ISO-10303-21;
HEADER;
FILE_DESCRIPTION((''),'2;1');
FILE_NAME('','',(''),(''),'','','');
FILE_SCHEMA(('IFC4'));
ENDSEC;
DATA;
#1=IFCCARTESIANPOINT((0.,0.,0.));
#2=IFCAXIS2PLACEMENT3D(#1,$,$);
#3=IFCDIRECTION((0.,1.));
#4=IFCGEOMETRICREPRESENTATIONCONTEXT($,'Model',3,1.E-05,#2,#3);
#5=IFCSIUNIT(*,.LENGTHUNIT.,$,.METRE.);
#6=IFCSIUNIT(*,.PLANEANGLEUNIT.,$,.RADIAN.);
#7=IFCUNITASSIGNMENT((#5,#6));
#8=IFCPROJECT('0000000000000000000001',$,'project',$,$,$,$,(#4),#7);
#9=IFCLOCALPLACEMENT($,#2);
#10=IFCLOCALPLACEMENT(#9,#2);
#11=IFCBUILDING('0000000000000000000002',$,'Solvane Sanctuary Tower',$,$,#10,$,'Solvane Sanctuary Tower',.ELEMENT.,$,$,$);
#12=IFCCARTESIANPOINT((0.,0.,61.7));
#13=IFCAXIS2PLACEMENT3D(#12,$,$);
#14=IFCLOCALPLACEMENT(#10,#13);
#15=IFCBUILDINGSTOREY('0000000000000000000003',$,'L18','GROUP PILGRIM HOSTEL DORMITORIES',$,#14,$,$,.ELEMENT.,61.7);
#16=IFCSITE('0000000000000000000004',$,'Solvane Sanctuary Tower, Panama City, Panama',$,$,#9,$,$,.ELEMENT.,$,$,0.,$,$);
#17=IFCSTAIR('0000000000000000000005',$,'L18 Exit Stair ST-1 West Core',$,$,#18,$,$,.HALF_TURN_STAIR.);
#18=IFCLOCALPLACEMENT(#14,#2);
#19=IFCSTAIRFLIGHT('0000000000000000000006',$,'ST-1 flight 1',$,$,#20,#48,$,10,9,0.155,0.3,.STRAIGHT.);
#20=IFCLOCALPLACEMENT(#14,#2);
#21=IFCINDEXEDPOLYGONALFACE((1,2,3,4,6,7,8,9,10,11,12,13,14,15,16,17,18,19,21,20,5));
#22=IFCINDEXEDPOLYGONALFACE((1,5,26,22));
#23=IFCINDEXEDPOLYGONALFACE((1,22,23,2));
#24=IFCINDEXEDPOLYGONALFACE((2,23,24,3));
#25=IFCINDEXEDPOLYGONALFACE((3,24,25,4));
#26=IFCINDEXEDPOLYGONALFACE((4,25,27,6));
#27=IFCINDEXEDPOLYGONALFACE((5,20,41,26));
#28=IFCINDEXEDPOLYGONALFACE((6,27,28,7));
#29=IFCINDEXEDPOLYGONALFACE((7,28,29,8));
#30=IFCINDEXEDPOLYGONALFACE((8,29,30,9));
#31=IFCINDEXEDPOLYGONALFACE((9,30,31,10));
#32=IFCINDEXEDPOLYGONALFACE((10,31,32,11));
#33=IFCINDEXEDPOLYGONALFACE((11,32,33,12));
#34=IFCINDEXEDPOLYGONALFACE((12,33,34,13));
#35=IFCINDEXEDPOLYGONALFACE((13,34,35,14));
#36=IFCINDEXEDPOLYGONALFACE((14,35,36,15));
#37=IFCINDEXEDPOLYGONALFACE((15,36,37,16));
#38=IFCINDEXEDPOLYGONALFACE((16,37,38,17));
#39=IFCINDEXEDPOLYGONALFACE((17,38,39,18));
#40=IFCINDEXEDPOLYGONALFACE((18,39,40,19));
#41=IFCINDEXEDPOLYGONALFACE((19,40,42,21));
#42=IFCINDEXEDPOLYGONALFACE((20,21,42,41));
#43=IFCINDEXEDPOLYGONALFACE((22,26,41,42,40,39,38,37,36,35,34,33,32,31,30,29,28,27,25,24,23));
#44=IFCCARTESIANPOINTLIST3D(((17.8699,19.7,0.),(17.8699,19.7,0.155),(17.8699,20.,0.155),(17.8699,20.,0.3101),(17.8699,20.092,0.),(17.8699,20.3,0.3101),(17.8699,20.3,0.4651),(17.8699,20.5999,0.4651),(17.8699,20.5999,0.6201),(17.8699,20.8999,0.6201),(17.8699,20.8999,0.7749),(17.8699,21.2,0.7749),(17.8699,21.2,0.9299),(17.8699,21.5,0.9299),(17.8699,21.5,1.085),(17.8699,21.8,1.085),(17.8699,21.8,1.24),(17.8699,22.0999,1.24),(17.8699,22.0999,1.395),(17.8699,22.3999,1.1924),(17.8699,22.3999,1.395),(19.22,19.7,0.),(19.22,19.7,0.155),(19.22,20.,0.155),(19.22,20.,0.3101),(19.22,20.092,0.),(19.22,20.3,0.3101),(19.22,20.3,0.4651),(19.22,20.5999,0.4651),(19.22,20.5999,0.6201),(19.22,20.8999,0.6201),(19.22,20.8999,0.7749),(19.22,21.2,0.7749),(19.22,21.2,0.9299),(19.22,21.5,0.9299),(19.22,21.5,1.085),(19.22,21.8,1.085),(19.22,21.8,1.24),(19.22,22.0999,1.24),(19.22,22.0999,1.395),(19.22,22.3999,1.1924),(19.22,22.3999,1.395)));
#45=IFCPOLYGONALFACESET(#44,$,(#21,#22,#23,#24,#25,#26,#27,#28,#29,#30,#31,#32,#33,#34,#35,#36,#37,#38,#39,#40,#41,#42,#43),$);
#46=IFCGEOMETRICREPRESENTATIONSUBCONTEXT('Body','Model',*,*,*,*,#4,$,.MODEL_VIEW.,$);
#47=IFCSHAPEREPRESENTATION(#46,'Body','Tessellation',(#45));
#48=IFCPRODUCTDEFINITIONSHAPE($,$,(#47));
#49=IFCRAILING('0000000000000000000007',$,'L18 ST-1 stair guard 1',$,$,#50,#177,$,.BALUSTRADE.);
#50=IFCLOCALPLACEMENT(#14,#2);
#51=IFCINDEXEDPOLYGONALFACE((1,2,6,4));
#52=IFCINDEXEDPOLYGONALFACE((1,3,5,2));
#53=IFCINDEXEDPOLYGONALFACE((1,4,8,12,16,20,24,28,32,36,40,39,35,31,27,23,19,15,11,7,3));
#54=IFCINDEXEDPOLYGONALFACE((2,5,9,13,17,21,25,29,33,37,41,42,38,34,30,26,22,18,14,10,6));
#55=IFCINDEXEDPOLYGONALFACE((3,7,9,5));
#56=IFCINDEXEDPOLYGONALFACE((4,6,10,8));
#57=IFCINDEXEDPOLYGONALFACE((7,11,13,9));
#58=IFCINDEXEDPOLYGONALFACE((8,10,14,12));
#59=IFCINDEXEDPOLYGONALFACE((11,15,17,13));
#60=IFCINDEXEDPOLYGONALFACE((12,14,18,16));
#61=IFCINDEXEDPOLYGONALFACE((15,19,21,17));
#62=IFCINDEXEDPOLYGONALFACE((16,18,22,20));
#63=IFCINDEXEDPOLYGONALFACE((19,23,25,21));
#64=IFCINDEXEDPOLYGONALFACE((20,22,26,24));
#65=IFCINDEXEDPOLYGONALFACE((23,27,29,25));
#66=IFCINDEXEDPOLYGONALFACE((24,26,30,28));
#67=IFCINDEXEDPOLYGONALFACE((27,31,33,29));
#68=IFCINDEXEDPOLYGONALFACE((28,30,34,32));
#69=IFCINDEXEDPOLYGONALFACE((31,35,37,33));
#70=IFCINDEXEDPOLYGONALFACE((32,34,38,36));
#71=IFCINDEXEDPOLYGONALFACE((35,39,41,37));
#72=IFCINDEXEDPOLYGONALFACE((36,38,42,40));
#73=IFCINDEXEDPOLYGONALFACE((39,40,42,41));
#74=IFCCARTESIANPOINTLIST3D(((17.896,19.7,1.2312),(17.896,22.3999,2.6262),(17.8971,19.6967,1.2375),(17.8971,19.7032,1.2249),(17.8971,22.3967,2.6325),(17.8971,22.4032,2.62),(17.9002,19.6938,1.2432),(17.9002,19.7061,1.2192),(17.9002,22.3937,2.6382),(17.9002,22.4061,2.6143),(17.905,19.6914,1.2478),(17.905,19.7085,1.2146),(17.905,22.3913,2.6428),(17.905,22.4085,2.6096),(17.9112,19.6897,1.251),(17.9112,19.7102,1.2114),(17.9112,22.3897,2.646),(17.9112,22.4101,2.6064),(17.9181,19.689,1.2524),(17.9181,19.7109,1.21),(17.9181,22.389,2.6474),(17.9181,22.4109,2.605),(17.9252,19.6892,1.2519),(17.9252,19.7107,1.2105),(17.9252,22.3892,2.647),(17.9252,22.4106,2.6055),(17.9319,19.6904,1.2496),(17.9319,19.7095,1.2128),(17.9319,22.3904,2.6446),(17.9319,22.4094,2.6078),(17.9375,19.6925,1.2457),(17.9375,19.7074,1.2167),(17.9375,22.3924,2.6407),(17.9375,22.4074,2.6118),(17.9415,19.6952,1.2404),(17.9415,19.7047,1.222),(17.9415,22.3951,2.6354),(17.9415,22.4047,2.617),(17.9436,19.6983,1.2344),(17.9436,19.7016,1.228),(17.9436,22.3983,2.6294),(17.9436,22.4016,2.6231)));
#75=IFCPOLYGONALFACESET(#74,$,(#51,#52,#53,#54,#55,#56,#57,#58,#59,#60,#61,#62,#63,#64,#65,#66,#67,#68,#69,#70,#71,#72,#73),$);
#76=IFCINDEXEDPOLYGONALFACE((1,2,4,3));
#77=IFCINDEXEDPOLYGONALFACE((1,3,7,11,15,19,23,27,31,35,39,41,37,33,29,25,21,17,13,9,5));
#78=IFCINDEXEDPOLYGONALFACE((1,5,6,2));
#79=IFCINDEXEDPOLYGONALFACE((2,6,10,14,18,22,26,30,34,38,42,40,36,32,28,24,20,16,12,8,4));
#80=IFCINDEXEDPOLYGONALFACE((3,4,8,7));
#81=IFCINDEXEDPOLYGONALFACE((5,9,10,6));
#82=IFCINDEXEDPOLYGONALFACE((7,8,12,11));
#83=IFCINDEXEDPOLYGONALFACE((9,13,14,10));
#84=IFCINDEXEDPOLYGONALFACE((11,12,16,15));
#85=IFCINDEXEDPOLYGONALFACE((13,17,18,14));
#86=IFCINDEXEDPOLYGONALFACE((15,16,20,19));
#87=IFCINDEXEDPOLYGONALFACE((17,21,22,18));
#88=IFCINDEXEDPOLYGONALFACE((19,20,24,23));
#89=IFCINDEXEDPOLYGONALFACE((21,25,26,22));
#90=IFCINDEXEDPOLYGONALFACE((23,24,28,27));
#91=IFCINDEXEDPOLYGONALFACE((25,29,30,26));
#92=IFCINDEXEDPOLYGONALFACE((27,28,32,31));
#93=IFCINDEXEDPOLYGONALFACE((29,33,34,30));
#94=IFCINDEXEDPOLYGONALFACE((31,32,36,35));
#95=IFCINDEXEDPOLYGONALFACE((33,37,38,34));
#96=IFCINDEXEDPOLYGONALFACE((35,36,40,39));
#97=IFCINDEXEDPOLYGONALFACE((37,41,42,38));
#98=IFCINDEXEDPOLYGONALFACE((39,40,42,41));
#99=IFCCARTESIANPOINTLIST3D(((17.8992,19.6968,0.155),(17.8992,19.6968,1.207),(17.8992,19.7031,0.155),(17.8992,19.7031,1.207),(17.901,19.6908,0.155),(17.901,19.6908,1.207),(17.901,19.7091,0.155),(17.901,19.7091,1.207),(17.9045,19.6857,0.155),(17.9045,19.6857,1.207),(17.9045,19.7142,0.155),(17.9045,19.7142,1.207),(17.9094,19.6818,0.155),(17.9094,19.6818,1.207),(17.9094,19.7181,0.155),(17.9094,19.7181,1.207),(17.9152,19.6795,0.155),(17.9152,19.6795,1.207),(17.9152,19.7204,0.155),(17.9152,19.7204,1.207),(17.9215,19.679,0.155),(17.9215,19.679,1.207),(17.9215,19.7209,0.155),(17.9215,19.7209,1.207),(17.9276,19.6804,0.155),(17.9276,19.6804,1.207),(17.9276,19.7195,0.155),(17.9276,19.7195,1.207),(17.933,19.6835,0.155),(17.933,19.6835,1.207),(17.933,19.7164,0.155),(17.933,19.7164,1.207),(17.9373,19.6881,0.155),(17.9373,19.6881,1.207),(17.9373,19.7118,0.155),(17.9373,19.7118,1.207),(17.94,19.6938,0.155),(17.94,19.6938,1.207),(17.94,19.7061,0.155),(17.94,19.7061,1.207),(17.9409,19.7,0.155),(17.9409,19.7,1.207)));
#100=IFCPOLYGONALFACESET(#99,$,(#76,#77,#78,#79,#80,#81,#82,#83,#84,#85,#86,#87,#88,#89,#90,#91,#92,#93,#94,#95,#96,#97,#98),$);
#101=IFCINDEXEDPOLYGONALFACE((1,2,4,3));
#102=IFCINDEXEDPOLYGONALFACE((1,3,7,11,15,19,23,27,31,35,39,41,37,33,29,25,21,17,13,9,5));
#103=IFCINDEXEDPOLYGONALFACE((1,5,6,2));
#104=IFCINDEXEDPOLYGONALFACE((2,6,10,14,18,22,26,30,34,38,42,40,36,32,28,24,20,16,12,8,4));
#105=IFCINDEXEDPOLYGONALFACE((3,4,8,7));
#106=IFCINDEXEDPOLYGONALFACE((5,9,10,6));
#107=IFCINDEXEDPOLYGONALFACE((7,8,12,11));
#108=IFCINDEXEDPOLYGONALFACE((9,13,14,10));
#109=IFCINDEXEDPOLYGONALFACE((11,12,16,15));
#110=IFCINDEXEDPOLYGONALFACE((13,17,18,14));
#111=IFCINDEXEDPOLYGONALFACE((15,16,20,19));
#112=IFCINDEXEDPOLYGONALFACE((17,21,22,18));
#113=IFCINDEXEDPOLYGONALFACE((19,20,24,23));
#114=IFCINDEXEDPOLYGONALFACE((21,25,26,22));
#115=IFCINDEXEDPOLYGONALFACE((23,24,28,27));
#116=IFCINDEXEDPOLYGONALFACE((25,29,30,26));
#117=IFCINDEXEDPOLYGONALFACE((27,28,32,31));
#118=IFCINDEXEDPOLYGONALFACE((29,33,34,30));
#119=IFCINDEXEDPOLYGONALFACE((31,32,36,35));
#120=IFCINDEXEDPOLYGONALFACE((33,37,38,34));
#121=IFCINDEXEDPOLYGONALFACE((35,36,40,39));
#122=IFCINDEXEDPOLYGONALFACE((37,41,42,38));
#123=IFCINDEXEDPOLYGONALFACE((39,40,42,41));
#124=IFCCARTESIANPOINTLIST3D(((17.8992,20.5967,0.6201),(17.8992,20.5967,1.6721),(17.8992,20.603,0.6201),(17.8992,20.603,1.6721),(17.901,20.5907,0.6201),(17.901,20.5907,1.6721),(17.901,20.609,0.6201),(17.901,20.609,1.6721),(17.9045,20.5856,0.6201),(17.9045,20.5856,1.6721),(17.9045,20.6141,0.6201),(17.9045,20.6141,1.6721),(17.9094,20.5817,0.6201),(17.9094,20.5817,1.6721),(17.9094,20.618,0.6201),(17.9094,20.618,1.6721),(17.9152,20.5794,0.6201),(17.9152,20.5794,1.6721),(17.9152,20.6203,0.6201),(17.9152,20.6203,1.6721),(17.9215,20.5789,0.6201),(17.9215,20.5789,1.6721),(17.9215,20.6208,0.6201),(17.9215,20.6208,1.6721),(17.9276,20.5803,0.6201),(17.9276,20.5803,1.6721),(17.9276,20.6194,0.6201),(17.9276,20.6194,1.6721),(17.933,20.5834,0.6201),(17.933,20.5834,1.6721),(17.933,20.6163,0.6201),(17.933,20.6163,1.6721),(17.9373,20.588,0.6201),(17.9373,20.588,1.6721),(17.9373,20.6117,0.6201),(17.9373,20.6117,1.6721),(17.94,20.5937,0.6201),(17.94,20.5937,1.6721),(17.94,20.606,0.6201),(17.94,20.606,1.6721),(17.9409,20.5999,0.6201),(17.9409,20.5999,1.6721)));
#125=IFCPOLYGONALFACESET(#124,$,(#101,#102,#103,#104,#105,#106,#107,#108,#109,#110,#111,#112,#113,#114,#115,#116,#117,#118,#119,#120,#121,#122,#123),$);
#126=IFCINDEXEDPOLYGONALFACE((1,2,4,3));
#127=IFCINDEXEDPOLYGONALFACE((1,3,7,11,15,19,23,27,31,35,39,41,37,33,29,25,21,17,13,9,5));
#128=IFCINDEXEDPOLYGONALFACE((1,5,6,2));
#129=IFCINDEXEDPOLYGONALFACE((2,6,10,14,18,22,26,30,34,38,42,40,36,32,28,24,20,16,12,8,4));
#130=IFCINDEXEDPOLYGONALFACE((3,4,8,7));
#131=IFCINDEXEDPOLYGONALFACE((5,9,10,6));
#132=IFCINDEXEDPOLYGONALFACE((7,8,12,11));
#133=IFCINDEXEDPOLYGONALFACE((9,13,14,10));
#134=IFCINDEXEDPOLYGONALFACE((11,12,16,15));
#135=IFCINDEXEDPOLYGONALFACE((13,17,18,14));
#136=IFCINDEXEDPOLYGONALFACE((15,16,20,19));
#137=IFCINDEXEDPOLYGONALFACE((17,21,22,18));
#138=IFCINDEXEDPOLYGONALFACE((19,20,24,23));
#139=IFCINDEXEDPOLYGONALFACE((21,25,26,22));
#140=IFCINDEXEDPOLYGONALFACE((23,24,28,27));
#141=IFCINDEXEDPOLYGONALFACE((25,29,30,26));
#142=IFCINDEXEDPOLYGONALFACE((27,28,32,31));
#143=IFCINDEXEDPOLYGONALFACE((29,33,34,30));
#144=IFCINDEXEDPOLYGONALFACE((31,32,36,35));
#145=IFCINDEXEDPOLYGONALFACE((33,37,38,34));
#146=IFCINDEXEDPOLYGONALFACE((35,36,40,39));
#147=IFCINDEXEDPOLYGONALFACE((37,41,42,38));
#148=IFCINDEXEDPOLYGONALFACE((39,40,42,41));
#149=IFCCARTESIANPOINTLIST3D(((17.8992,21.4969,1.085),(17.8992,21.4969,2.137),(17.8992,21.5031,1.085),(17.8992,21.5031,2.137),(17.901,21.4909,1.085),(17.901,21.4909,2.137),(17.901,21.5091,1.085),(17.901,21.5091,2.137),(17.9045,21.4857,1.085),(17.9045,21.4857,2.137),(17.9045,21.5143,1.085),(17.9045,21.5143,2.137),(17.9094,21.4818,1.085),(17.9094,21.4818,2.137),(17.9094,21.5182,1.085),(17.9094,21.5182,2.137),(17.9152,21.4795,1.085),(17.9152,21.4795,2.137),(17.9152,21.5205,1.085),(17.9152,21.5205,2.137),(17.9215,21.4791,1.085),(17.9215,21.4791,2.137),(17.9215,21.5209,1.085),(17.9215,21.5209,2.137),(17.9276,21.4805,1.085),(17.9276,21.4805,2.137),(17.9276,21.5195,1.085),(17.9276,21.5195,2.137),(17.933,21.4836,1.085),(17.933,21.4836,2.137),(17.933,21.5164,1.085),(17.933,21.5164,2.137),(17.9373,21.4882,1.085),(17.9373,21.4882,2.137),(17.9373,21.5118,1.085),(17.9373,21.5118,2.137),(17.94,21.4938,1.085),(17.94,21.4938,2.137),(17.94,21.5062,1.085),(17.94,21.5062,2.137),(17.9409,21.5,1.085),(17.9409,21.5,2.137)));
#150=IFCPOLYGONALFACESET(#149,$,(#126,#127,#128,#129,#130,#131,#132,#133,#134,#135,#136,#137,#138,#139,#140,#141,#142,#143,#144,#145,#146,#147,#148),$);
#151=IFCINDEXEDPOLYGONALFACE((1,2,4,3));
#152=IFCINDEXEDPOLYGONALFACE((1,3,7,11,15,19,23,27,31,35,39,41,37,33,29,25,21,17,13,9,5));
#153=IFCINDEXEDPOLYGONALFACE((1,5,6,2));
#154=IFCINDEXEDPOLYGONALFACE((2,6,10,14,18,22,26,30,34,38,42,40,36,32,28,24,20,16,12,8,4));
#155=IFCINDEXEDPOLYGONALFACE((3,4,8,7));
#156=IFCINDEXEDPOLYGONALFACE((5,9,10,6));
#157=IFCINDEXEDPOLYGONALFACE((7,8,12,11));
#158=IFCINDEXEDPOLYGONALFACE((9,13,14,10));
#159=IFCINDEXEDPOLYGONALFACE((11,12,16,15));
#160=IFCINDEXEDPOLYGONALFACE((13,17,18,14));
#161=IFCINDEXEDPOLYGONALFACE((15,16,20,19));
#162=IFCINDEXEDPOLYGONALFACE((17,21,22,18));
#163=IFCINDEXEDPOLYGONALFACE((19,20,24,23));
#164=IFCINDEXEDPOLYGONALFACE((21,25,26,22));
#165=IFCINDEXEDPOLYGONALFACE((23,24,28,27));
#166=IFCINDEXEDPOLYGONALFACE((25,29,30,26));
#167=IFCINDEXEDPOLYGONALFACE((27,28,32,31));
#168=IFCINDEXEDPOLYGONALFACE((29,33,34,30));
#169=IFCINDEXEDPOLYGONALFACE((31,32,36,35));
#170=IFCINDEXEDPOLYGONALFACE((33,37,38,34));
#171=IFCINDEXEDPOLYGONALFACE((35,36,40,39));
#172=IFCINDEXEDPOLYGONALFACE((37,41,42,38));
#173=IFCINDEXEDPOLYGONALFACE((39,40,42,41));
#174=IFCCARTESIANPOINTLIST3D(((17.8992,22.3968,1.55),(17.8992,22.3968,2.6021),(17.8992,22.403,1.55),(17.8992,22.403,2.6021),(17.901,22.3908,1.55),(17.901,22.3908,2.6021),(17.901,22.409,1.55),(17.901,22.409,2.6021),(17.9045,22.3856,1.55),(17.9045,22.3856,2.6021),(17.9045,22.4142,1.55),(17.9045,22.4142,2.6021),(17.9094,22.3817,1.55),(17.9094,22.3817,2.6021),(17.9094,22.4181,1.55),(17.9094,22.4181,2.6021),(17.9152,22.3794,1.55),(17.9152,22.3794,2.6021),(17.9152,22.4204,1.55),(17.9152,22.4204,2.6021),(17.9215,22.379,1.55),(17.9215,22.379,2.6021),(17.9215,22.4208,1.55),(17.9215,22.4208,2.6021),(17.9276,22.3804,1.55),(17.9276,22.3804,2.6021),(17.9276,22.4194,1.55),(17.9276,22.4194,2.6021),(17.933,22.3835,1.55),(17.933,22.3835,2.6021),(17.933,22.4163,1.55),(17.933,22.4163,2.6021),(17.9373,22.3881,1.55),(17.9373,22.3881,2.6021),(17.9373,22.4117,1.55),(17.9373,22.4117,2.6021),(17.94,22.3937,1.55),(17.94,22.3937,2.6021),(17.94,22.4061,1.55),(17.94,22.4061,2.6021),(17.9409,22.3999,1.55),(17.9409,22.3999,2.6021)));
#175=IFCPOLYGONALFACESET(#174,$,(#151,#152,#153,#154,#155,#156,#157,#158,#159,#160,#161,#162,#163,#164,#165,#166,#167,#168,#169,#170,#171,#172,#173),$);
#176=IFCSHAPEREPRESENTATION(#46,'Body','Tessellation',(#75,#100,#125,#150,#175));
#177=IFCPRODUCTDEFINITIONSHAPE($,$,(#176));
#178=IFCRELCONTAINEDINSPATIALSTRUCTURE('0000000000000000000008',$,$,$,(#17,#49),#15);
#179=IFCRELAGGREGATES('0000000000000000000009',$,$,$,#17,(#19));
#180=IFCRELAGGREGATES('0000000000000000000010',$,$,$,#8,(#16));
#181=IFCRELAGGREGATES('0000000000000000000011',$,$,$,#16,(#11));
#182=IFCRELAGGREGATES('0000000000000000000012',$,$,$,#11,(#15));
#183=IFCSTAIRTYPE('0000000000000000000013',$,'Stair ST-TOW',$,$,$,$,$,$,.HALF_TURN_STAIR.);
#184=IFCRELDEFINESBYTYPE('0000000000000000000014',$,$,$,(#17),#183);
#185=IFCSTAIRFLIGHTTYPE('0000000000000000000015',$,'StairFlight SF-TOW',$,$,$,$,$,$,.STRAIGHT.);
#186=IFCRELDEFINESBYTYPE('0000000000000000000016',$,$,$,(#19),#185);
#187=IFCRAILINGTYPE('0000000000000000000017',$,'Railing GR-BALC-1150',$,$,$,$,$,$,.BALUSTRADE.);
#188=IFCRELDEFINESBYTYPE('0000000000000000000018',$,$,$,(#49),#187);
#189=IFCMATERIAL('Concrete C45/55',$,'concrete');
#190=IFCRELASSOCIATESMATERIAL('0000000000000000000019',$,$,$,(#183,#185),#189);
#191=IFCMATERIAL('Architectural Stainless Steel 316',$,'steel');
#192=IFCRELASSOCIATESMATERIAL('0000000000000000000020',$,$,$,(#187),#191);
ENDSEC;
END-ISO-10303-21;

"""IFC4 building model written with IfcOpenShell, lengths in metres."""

from ifc_helpers import new_model, si_unit, direction, frame, origin, origin_2d, place, context, subcontext, project, spatial, polyline, circle, outline, extrude, material, type_object, element, aggregate, save


model = new_model("IFC4")

# Units and contexts
model_context = context("Model", 3, precision=1e-05, world=origin(), true_north=direction((0.0, 1.0)))
body_context = subcontext(model_context, "Body", "Model", "MODEL_VIEW")
ifc_project = project(units=[si_unit("LENGTHUNIT", "METRE"), si_unit("PLANEANGLEUNIT", "RADIAN")], contexts=[model_context])

# Site, building, storey
site_placement = place(None, origin())
site = spatial("IfcSite", under=ifc_project, at=site_placement, Name="Solvane Sanctuary Tower, Panama City, Panama", CompositionType="ELEMENT", RefElevation=0.0)
building_placement = place(site_placement, origin())
building = spatial("IfcBuilding", under=site, at=building_placement, Name="Solvane Sanctuary Tower", LongName="Solvane Sanctuary Tower", CompositionType="ELEMENT")
storey_placement = place(building_placement, frame((0.0, 0.0, 61.7)))
storey = spatial("IfcBuildingStorey", under=building, at=storey_placement, Name="L18", Description="GROUP PILGRIM HOSTEL DORMITORIES", CompositionType="ELEMENT", Elevation=61.7)

# Shared definitions
ifc_material_1 = material(Name="Architectural Stainless Steel 316", Category="steel")

# Stair, stair flight
ifc_material_2 = material(Name="Concrete C45/55", Category="concrete")
stair_type = type_object("IfcStairType", Name="Stair ST-TOW", PredefinedType="HALF_TURN_STAIR", material=ifc_material_2)
stair_placement = place(storey_placement, origin())
stair = element("IfcStair", 1, at=stair_placement, inside=storey, type_object=stair_type, Name="L18 Exit Stair ST-1 West Core", PredefinedType="HALF_TURN_STAIR")
stair_flight_type = type_object("IfcStairFlightType", Name="StairFlight SF-TOW", PredefinedType="STRAIGHT", material=ifc_material_2)
stair_flight_placement = place(storey_placement, frame((18.5449, 19.7, 0.0), z_axis=(0.0, 0.0, 1.0), x_axis=(0.0, 1.0, 0.0)))
stair_flight = element("IfcStairFlight", 2, at=stair_flight_placement, type_object=stair_flight_type, Name="ST-1 flight 1", NumberOfRisers=10, NumberOfTreads=9, PredefinedType="STRAIGHT", RiserHeight=0.155, TreadLength=0.3, context=body_context, shape_type="SweptSolid", body=[
    extrude(outline(polyline([(0.0, 0.0), (0.0, 0.155), (0.3, 0.155), (0.3, 0.3101), (0.6001, 0.3101), (0.6001, 0.4651), (0.8999, 0.4651), (0.8999, 0.6201), (1.2, 0.6201), (1.2, 0.7749), (1.5, 0.7749), (1.5, 0.9299), (1.8, 0.9299), (1.8, 1.085), (2.1001, 1.085), (2.1001, 1.24), (2.3999, 1.24), (2.3999, 1.395), (2.7, 1.395), (2.7, 1.55), (2.7, 1.1924), (0.3921, 0.0), (0.0, 0.0)])), frame((0.0, 0.675, 0.0), z_axis=(0.0, -1.0, 0.0), x_axis=(1.0, 0.0, 0.0)), (0.0, 0.0, 1.0), 1.3501),
])
aggregate(stair, [stair_flight])

# Railing
railing_type_1 = type_object("IfcRailingType", Name="Railing GR-BALC-1150", PredefinedType="BALUSTRADE", material=ifc_material_1)
railing_1_placement = place(storey_placement, frame((17.9199, 19.7, 0.155)))
element("IfcRailing", 3, at=railing_1_placement, inside=storey, type_object=railing_type_1, Name="L18 ST-1 stair guard 1", PredefinedType="BALUSTRADE", context=body_context, shape_type="SweptSolid", body=[
    extrude(circle(Radius=0.0239, at=origin_2d()), frame((0.0, 0.0, 1.0762), z_axis=(0.0, 0.88842, 0.459032), x_axis=(-1.0, 0.0, 0.0)), (0.0, 0.0, 1.0), 3.0391),
    extrude(circle(Radius=0.021, at=origin_2d()), origin(), (0.0, 0.0, 1.0), 1.052),
    extrude(circle(Radius=0.021, at=origin_2d()), frame((0.0, 0.8999, 0.4651)), (0.0, 0.0, 1.0), 1.052),
    extrude(circle(Radius=0.021, at=origin_2d()), frame((0.0, 1.8, 0.9299)), (0.0, 0.0, 1.0), 1.052),
    extrude(circle(Radius=0.021, at=origin_2d()), frame((0.0, 2.7, 1.395)), (0.0, 0.0, 1.0), 1.052),
])

save(model, "model.ifc")
